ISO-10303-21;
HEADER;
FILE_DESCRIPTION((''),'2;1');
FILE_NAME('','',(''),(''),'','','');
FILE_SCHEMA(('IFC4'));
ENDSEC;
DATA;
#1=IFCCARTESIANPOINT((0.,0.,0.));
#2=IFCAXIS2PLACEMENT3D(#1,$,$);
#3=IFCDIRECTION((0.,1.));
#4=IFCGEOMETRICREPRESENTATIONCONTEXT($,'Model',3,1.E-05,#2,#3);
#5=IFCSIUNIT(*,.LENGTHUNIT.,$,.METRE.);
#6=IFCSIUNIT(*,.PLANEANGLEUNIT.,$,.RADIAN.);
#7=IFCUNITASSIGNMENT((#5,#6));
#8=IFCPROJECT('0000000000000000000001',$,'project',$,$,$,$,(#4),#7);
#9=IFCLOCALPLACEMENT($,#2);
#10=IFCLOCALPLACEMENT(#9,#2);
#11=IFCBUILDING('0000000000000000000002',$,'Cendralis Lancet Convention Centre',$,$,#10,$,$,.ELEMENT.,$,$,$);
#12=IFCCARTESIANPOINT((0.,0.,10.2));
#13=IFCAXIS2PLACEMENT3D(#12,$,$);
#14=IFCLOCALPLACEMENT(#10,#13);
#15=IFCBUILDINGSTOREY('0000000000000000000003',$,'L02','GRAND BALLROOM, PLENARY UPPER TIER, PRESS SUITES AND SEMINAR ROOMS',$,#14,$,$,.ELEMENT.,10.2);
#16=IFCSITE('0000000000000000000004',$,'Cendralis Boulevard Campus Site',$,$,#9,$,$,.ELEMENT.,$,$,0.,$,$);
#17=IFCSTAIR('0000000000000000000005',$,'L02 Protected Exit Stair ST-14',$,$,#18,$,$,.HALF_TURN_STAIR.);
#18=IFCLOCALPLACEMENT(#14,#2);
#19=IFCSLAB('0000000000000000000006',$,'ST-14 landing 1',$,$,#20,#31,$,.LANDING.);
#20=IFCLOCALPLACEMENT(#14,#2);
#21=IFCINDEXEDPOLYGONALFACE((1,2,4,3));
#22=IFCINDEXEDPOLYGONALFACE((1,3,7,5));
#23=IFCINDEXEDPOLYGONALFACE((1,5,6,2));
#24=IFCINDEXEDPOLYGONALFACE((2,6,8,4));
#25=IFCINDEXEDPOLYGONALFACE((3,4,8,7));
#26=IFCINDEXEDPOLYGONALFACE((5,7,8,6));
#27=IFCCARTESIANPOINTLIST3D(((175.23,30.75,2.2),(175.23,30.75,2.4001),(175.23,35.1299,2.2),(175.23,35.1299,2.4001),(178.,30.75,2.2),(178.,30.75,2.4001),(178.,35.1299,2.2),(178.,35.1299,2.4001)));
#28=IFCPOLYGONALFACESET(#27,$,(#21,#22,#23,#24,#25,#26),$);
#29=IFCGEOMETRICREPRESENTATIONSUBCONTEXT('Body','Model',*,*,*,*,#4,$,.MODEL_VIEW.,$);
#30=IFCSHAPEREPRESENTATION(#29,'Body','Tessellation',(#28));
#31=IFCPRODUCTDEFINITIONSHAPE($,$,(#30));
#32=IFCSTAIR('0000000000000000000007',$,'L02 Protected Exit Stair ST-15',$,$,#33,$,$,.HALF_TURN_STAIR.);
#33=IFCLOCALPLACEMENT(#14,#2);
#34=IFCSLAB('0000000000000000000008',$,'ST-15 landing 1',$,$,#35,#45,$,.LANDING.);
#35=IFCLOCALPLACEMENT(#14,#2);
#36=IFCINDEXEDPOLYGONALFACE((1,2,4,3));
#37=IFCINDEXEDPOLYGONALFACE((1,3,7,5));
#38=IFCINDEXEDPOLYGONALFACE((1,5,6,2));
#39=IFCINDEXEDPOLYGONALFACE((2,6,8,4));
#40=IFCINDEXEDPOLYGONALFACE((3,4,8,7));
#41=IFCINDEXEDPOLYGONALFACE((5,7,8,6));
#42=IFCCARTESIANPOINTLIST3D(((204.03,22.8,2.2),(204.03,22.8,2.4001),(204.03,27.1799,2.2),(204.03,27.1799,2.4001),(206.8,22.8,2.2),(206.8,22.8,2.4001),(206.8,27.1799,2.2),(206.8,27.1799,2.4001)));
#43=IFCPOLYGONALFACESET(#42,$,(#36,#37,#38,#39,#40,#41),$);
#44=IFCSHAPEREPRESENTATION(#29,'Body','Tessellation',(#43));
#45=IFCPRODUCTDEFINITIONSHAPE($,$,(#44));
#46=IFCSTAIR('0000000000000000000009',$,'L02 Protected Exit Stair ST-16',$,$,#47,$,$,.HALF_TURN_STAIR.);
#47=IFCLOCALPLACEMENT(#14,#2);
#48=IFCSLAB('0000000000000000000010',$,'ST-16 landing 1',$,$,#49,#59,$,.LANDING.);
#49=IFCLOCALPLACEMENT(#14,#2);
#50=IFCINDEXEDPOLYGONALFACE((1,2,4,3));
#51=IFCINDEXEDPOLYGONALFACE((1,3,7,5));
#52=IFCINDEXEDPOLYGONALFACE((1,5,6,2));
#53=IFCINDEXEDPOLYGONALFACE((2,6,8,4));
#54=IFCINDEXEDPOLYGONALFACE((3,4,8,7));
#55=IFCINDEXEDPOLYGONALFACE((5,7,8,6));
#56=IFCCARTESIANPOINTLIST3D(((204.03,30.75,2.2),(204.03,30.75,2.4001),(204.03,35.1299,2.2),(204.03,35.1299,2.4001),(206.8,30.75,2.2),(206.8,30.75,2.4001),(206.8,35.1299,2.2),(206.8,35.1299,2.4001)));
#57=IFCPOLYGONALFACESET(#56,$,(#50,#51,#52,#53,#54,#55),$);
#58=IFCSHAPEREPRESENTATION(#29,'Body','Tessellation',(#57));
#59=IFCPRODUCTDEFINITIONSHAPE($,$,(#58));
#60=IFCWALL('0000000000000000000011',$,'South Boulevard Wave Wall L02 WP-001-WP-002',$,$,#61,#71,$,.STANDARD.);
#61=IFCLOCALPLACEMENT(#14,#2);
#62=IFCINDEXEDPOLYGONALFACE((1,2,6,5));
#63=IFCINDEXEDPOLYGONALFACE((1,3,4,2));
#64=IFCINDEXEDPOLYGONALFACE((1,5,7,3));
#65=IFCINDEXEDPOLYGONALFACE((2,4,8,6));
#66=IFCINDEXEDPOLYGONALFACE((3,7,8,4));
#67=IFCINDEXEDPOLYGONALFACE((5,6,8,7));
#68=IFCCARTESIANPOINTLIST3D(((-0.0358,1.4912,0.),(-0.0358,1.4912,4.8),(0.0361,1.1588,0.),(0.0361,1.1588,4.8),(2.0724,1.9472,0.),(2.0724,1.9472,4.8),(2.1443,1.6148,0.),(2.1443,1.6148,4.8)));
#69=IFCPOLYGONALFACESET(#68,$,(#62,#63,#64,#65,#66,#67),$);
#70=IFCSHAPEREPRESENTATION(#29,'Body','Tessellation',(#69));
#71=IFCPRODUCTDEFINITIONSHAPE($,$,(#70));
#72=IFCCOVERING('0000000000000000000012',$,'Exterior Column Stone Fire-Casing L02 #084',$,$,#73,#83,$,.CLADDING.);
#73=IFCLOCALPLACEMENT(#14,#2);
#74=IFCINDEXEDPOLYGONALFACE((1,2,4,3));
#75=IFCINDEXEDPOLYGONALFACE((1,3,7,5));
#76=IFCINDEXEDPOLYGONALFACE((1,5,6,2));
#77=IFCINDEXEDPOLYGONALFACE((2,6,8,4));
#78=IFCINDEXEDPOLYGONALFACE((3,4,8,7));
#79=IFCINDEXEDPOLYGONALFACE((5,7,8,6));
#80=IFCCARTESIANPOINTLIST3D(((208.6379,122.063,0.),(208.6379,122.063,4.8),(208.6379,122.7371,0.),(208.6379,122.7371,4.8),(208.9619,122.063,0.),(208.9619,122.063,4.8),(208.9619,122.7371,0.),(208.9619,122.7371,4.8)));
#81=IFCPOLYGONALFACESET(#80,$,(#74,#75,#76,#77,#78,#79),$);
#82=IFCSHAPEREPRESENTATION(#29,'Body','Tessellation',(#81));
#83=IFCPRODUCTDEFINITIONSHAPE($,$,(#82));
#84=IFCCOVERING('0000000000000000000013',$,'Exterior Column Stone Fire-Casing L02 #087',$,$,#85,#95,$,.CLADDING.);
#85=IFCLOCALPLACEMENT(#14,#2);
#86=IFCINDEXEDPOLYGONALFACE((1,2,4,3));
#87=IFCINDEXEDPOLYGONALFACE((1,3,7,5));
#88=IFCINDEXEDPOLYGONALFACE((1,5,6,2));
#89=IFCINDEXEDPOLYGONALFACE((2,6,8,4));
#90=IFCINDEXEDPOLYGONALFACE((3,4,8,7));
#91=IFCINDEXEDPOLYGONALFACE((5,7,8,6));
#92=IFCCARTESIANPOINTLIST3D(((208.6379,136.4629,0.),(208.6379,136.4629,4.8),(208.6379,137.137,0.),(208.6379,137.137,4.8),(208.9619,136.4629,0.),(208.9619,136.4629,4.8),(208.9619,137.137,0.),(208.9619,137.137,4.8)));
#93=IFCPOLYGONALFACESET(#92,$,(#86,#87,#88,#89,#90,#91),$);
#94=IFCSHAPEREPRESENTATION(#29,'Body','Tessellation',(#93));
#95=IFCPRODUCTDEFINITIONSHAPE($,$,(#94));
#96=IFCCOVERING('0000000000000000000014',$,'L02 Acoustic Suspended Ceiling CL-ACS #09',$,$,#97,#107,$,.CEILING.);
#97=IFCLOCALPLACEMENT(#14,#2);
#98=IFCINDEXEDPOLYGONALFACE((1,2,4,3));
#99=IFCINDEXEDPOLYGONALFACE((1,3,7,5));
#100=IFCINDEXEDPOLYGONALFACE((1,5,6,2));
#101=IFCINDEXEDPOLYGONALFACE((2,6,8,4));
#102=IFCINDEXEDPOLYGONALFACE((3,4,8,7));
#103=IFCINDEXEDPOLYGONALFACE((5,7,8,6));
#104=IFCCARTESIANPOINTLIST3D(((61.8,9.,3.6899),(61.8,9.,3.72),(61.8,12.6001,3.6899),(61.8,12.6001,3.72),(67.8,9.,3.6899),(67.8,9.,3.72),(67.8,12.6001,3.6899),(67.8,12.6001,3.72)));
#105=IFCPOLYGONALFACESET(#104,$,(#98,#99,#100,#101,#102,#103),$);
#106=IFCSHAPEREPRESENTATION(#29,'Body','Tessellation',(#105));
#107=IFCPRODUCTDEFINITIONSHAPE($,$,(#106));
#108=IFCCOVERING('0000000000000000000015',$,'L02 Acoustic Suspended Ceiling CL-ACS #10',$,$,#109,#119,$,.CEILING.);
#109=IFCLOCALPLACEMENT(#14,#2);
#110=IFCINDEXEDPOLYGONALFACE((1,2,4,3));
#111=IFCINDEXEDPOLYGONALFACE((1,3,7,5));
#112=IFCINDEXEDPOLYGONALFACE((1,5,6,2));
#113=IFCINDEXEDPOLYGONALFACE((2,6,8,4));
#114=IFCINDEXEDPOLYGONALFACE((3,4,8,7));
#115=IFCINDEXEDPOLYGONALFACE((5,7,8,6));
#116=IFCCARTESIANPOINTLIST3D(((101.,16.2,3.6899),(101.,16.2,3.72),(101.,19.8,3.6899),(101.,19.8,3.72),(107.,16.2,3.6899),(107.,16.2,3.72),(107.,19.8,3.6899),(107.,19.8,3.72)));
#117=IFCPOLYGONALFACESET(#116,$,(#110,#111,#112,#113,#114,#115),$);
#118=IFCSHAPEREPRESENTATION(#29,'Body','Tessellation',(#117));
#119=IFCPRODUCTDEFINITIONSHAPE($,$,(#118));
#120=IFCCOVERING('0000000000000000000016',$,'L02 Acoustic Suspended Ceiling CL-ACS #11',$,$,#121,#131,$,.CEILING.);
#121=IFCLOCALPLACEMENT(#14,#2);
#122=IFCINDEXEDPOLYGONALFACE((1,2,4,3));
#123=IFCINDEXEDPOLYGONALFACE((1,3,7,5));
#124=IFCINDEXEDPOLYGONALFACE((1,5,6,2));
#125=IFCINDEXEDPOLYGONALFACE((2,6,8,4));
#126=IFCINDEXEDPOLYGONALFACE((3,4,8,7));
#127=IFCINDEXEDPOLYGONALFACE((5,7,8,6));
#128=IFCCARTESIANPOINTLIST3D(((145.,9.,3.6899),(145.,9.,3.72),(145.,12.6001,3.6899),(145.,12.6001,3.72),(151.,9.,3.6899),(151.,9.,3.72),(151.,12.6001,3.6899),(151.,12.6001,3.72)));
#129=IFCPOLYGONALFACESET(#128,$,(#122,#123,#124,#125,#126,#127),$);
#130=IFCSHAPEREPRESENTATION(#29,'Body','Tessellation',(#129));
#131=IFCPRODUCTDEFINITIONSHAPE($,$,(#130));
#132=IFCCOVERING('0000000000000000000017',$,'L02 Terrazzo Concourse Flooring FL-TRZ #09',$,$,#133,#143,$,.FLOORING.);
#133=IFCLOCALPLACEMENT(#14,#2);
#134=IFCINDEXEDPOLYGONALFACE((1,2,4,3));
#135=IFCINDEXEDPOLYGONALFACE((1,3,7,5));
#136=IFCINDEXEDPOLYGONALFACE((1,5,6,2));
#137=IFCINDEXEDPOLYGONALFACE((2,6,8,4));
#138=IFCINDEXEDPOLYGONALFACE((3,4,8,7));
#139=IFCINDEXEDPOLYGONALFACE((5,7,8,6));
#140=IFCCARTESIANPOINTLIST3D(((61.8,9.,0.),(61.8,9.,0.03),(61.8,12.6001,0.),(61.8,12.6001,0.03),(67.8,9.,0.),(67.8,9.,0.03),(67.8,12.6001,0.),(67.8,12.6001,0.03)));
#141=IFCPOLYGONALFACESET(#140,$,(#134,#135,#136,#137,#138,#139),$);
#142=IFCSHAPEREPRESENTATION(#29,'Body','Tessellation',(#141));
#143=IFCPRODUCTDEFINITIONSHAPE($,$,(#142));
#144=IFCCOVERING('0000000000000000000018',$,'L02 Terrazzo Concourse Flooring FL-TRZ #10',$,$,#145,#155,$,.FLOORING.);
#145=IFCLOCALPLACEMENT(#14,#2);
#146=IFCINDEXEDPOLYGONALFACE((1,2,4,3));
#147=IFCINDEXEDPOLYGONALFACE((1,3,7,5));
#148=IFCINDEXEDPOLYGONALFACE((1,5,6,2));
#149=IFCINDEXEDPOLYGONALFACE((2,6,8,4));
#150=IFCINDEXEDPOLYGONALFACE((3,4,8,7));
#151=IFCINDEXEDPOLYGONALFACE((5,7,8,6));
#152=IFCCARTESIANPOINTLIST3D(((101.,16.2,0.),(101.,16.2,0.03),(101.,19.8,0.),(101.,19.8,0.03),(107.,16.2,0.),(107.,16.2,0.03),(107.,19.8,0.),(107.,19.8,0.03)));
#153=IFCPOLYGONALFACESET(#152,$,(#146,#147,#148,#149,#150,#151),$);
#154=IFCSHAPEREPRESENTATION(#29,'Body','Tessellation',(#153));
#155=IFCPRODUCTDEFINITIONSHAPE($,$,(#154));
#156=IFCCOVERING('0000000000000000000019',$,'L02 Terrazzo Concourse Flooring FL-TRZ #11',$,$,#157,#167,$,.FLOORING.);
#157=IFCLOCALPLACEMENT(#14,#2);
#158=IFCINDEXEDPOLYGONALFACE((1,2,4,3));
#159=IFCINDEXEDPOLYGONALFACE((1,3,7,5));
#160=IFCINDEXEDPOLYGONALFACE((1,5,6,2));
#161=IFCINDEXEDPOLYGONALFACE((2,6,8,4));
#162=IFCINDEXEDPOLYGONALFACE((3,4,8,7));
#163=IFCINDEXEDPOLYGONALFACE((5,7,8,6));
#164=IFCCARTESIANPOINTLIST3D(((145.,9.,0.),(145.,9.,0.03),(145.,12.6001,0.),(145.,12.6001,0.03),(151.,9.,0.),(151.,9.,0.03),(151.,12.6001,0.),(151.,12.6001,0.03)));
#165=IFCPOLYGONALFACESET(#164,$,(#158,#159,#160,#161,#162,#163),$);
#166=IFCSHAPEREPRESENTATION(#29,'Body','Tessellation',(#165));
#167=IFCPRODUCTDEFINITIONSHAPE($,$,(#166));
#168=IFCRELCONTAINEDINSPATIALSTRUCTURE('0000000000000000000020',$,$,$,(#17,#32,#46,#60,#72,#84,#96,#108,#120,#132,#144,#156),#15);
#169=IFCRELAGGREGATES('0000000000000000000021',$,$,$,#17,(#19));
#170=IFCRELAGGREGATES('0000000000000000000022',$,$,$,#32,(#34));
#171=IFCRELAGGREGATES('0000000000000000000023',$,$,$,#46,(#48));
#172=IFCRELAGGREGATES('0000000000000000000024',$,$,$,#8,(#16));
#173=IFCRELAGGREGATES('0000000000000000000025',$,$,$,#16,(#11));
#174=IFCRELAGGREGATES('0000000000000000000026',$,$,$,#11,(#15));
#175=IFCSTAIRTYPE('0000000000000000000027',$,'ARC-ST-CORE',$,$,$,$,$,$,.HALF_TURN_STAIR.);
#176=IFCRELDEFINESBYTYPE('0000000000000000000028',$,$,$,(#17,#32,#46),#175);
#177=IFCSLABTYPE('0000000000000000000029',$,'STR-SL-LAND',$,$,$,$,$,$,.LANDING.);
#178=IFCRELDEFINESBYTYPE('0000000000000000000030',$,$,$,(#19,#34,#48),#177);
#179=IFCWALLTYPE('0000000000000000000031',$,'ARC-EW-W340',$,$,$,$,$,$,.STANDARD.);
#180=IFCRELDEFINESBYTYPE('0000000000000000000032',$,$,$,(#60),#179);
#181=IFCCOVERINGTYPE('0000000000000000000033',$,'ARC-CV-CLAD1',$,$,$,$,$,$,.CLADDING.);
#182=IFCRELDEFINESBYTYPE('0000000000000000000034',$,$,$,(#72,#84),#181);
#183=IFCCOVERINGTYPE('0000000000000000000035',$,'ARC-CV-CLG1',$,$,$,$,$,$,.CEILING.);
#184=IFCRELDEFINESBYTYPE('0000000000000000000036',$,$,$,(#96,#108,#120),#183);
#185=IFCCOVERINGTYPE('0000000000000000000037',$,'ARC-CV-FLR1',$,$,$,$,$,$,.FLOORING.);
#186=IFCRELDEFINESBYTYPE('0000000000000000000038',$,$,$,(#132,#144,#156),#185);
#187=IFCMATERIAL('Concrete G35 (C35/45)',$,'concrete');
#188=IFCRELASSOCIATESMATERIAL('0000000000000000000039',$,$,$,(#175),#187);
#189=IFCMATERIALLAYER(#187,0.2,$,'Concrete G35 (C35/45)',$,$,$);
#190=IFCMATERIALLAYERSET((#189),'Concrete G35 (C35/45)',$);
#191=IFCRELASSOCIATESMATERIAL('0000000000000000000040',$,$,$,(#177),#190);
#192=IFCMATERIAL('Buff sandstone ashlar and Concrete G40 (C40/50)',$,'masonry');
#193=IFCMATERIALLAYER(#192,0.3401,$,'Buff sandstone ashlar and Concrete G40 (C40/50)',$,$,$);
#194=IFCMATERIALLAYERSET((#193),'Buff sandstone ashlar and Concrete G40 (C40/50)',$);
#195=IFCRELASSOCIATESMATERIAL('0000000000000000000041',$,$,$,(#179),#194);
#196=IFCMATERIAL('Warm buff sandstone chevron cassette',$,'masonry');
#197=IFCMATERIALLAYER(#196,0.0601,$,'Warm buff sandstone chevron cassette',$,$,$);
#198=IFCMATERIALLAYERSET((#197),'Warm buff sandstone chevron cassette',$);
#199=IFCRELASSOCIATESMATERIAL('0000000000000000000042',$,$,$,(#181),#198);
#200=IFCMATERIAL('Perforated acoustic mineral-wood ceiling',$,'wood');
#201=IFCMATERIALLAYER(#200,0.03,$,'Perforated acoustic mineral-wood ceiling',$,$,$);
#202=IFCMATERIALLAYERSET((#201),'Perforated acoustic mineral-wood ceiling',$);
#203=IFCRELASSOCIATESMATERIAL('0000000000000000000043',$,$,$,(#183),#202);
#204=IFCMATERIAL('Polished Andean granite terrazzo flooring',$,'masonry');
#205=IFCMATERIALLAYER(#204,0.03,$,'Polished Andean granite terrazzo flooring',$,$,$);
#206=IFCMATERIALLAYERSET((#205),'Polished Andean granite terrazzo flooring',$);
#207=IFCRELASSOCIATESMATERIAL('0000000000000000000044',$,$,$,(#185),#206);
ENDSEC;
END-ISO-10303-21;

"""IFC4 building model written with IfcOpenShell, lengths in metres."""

from ifc_helpers import new_model, si_unit, direction, frame, frame_2d, origin, place, context, subcontext, project, spatial, polyline, rectangle, outline, extrude, material, layer, layer_set, type_object, element, aggregate, save


model = new_model("IFC4")

# Units and contexts
model_context = context("Model", 3, precision=1e-05, world=origin(), true_north=direction((0.0, 1.0)))
body_context = subcontext(model_context, "Body", "Model", "MODEL_VIEW")
ifc_project = project(units=[si_unit("LENGTHUNIT", "METRE"), si_unit("PLANEANGLEUNIT", "RADIAN")], contexts=[model_context])

# Site, building, storey
site_placement = place(None, origin())
site = spatial("IfcSite", under=ifc_project, at=site_placement, Name="Cendralis Boulevard Campus Site", CompositionType="ELEMENT", RefElevation=0.0)
building_placement = place(site_placement, origin())
building = spatial("IfcBuilding", under=site, at=building_placement, Name="Cendralis Lancet Convention Centre", CompositionType="ELEMENT")
storey_placement = place(building_placement, frame((0.0, 0.0, 10.2)))
storey = spatial("IfcBuildingStorey", under=building, at=storey_placement, Name="L02", Description="GRAND BALLROOM, PLENARY UPPER TIER, PRESS SUITES AND SEMINAR ROOMS", CompositionType="ELEMENT", Elevation=10.2)

# Stairs, slabs
ifc_material_1 = material(Name="Concrete G35 (C35/45)", Category="concrete")
stair_type = type_object("IfcStairType", Name="ARC-ST-CORE", PredefinedType="HALF_TURN_STAIR", material=ifc_material_1)
ifc_layer_1 = layer(ifc_material_1, 0.2, Name="Concrete G35 (C35/45)")
ifc_layer_set_1 = layer_set([ifc_layer_1], Name="Concrete G35 (C35/45)")
slab_type = type_object("IfcSlabType", Name="STR-SL-LAND", PredefinedType="LANDING", material=ifc_layer_set_1)
stair_1_placement = place(storey_placement, origin())
stair_1 = element("IfcStair", 1, at=stair_1_placement, inside=storey, type_object=stair_type, Name="L02 Protected Exit Stair ST-14", PredefinedType="HALF_TURN_STAIR")
slab_1_placement = place(storey_placement, frame((0.0, 0.0, 2.2)))
slab_1 = element("IfcSlab", 2, at=slab_1_placement, type_object=slab_type, Name="ST-14 landing 1", PredefinedType="LANDING", context=body_context, shape_type="SweptSolid", body=[
    extrude(outline(polyline([(175.23, 30.75), (178.0, 30.75), (178.0, 35.1299), (175.23, 35.1299), (175.23, 30.75)])), origin(), (0.0, 0.0, 1.0), 0.2002),
])
aggregate(stair_1, [slab_1])
stair_2_placement = place(storey_placement, origin())
stair_2 = element("IfcStair", 3, at=stair_2_placement, inside=storey, type_object=stair_type, Name="L02 Protected Exit Stair ST-15", PredefinedType="HALF_TURN_STAIR")
slab_2_placement = place(storey_placement, frame((0.0, 0.0, 2.2)))
slab_2 = element("IfcSlab", 4, at=slab_2_placement, type_object=slab_type, Name="ST-15 landing 1", PredefinedType="LANDING", context=body_context, shape_type="SweptSolid", body=[
    extrude(outline(polyline([(204.03, 22.8), (206.8, 22.8), (206.8, 27.1799), (204.03, 27.1799), (204.03, 22.8)])), origin(), (0.0, 0.0, 1.0), 0.2002),
])
aggregate(stair_2, [slab_2])
stair_3_placement = place(storey_placement, origin())
stair_3 = element("IfcStair", 5, at=stair_3_placement, inside=storey, type_object=stair_type, Name="L02 Protected Exit Stair ST-16", PredefinedType="HALF_TURN_STAIR")
slab_3_placement = place(storey_placement, frame((0.0, 0.0, 2.2)))
slab_3 = element("IfcSlab", 6, at=slab_3_placement, type_object=slab_type, Name="ST-16 landing 1", PredefinedType="LANDING", context=body_context, shape_type="SweptSolid", body=[
    extrude(outline(polyline([(204.03, 30.75), (206.8, 30.75), (206.8, 35.1299), (204.03, 35.1299), (204.03, 30.75)])), origin(), (0.0, 0.0, 1.0), 0.2002),
])
aggregate(stair_3, [slab_3])

# Wall
ifc_material_2 = material(Name="Buff sandstone ashlar and Concrete G40 (C40/50)", Category="masonry")
ifc_layer_2 = layer(ifc_material_2, 0.3401, Name="Buff sandstone ashlar and Concrete G40 (C40/50)")
ifc_layer_set_2 = layer_set([ifc_layer_2], Name="Buff sandstone ashlar and Concrete G40 (C40/50)")
wall_type = type_object("IfcWallType", Name="ARC-EW-W340", PredefinedType="STANDARD", material=ifc_layer_set_2)
wall_placement = place(storey_placement, frame((0.0, 1.325, 0.0), z_axis=(0.0, 0.0, 1.0), x_axis=(0.977391, 0.211438, 0.0)))
element("IfcWall", 7, at=wall_placement, inside=storey, type_object=wall_type, Name="South Boulevard Wave Wall L02 WP-001-WP-002", PredefinedType="STANDARD", context=body_context, shape_type="SweptSolid", body=[
    extrude(rectangle(XDim=2.157, YDim=0.3401, at=frame_2d((1.0786, 0.0))), origin(), (0.0, 0.0, 1.0), 4.8),
])

# Coverings
ifc_material_3 = material(Name="Warm buff sandstone chevron cassette", Category="masonry")
ifc_layer_3 = layer(ifc_material_3, 0.0601, Name="Warm buff sandstone chevron cassette")
ifc_layer_set_3 = layer_set([ifc_layer_3], Name="Warm buff sandstone chevron cassette")
covering_type_1 = type_object("IfcCoveringType", Name="ARC-CV-CLAD1", PredefinedType="CLADDING", material=ifc_layer_set_3)
covering_1_placement = place(storey_placement, origin())
element("IfcCovering", 8, at=covering_1_placement, inside=storey, type_object=covering_type_1, Name="Exterior Column Stone Fire-Casing L02 #084", PredefinedType="CLADDING", context=body_context, shape_type="SweptSolid", body=[
    extrude(outline(polyline([(208.6379, 122.063), (208.9619, 122.063), (208.9619, 122.7371), (208.6379, 122.7371), (208.6379, 122.063)])), origin(), (0.0, 0.0, 1.0), 4.8),
])
covering_2_placement = place(storey_placement, origin())
element("IfcCovering", 9, at=covering_2_placement, inside=storey, type_object=covering_type_1, Name="Exterior Column Stone Fire-Casing L02 #087", PredefinedType="CLADDING", context=body_context, shape_type="SweptSolid", body=[
    extrude(outline(polyline([(208.6379, 136.4629), (208.9619, 136.4629), (208.9619, 137.137), (208.6379, 137.137), (208.6379, 136.4629)])), origin(), (0.0, 0.0, 1.0), 4.8),
])
ifc_material_4 = material(Name="Perforated acoustic mineral-wood ceiling", Category="wood")
ifc_layer_4 = layer(ifc_material_4, 0.03, Name="Perforated acoustic mineral-wood ceiling")
ifc_layer_set_4 = layer_set([ifc_layer_4], Name="Perforated acoustic mineral-wood ceiling")
covering_type_2 = type_object("IfcCoveringType", Name="ARC-CV-CLG1", PredefinedType="CEILING", material=ifc_layer_set_4)
covering_3_placement = place(storey_placement, frame((0.0, 0.0, 3.6899)))
element("IfcCovering", 10, at=covering_3_placement, inside=storey, type_object=covering_type_2, Name="L02 Acoustic Suspended Ceiling CL-ACS #09", PredefinedType="CEILING", context=body_context, shape_type="SweptSolid", body=[
    extrude(outline(polyline([(61.8, 9.0), (67.8, 9.0), (67.8, 12.6001), (61.8, 12.6001), (61.8, 9.0)])), origin(), (0.0, 0.0, 1.0), 0.03),
])
covering_4_placement = place(storey_placement, frame((0.0, 0.0, 3.6899)))
element("IfcCovering", 11, at=covering_4_placement, inside=storey, type_object=covering_type_2, Name="L02 Acoustic Suspended Ceiling CL-ACS #10", PredefinedType="CEILING", context=body_context, shape_type="SweptSolid", body=[
    extrude(outline(polyline([(101.0, 16.2), (107.0, 16.2), (107.0, 19.8), (101.0, 19.8), (101.0, 16.2)])), origin(), (0.0, 0.0, 1.0), 0.03),
])
covering_5_placement = place(storey_placement, frame((0.0, 0.0, 3.6899)))
element("IfcCovering", 12, at=covering_5_placement, inside=storey, type_object=covering_type_2, Name="L02 Acoustic Suspended Ceiling CL-ACS #11", PredefinedType="CEILING", context=body_context, shape_type="SweptSolid", body=[
    extrude(outline(polyline([(145.0, 9.0), (151.0, 9.0), (151.0, 12.6001), (145.0, 12.6001), (145.0, 9.0)])), origin(), (0.0, 0.0, 1.0), 0.03),
])
ifc_material_5 = material(Name="Polished Andean granite terrazzo flooring", Category="masonry")
ifc_layer_5 = layer(ifc_material_5, 0.03, Name="Polished Andean granite terrazzo flooring")
ifc_layer_set_5 = layer_set([ifc_layer_5], Name="Polished Andean granite terrazzo flooring")
covering_type_3 = type_object("IfcCoveringType", Name="ARC-CV-FLR1", PredefinedType="FLOORING", material=ifc_layer_set_5)
covering_6_placement = place(storey_placement, origin())
element("IfcCovering", 13, at=covering_6_placement, inside=storey, type_object=covering_type_3, Name="L02 Terrazzo Concourse Flooring FL-TRZ #09", PredefinedType="FLOORING", context=body_context, shape_type="SweptSolid", body=[
    extrude(outline(polyline([(61.8, 9.0), (67.8, 9.0), (67.8, 12.6001), (61.8, 12.6001), (61.8, 9.0)])), origin(), (0.0, 0.0, 1.0), 0.03),
])
covering_7_placement = place(storey_placement, origin())
element("IfcCovering", 14, at=covering_7_placement, inside=storey, type_object=covering_type_3, Name="L02 Terrazzo Concourse Flooring FL-TRZ #10", PredefinedType="FLOORING", context=body_context, shape_type="SweptSolid", body=[
    extrude(outline(polyline([(101.0, 16.2), (107.0, 16.2), (107.0, 19.8), (101.0, 19.8), (101.0, 16.2)])), origin(), (0.0, 0.0, 1.0), 0.03),
])
covering_8_placement = place(storey_placement, origin())
element("IfcCovering", 15, at=covering_8_placement, inside=storey, type_object=covering_type_3, Name="L02 Terrazzo Concourse Flooring FL-TRZ #11", PredefinedType="FLOORING", context=body_context, shape_type="SweptSolid", body=[
    extrude(outline(polyline([(145.0, 9.0), (151.0, 9.0), (151.0, 12.6001), (145.0, 12.6001), (145.0, 9.0)])), origin(), (0.0, 0.0, 1.0), 0.03),
])

save(model, "model.ifc")
